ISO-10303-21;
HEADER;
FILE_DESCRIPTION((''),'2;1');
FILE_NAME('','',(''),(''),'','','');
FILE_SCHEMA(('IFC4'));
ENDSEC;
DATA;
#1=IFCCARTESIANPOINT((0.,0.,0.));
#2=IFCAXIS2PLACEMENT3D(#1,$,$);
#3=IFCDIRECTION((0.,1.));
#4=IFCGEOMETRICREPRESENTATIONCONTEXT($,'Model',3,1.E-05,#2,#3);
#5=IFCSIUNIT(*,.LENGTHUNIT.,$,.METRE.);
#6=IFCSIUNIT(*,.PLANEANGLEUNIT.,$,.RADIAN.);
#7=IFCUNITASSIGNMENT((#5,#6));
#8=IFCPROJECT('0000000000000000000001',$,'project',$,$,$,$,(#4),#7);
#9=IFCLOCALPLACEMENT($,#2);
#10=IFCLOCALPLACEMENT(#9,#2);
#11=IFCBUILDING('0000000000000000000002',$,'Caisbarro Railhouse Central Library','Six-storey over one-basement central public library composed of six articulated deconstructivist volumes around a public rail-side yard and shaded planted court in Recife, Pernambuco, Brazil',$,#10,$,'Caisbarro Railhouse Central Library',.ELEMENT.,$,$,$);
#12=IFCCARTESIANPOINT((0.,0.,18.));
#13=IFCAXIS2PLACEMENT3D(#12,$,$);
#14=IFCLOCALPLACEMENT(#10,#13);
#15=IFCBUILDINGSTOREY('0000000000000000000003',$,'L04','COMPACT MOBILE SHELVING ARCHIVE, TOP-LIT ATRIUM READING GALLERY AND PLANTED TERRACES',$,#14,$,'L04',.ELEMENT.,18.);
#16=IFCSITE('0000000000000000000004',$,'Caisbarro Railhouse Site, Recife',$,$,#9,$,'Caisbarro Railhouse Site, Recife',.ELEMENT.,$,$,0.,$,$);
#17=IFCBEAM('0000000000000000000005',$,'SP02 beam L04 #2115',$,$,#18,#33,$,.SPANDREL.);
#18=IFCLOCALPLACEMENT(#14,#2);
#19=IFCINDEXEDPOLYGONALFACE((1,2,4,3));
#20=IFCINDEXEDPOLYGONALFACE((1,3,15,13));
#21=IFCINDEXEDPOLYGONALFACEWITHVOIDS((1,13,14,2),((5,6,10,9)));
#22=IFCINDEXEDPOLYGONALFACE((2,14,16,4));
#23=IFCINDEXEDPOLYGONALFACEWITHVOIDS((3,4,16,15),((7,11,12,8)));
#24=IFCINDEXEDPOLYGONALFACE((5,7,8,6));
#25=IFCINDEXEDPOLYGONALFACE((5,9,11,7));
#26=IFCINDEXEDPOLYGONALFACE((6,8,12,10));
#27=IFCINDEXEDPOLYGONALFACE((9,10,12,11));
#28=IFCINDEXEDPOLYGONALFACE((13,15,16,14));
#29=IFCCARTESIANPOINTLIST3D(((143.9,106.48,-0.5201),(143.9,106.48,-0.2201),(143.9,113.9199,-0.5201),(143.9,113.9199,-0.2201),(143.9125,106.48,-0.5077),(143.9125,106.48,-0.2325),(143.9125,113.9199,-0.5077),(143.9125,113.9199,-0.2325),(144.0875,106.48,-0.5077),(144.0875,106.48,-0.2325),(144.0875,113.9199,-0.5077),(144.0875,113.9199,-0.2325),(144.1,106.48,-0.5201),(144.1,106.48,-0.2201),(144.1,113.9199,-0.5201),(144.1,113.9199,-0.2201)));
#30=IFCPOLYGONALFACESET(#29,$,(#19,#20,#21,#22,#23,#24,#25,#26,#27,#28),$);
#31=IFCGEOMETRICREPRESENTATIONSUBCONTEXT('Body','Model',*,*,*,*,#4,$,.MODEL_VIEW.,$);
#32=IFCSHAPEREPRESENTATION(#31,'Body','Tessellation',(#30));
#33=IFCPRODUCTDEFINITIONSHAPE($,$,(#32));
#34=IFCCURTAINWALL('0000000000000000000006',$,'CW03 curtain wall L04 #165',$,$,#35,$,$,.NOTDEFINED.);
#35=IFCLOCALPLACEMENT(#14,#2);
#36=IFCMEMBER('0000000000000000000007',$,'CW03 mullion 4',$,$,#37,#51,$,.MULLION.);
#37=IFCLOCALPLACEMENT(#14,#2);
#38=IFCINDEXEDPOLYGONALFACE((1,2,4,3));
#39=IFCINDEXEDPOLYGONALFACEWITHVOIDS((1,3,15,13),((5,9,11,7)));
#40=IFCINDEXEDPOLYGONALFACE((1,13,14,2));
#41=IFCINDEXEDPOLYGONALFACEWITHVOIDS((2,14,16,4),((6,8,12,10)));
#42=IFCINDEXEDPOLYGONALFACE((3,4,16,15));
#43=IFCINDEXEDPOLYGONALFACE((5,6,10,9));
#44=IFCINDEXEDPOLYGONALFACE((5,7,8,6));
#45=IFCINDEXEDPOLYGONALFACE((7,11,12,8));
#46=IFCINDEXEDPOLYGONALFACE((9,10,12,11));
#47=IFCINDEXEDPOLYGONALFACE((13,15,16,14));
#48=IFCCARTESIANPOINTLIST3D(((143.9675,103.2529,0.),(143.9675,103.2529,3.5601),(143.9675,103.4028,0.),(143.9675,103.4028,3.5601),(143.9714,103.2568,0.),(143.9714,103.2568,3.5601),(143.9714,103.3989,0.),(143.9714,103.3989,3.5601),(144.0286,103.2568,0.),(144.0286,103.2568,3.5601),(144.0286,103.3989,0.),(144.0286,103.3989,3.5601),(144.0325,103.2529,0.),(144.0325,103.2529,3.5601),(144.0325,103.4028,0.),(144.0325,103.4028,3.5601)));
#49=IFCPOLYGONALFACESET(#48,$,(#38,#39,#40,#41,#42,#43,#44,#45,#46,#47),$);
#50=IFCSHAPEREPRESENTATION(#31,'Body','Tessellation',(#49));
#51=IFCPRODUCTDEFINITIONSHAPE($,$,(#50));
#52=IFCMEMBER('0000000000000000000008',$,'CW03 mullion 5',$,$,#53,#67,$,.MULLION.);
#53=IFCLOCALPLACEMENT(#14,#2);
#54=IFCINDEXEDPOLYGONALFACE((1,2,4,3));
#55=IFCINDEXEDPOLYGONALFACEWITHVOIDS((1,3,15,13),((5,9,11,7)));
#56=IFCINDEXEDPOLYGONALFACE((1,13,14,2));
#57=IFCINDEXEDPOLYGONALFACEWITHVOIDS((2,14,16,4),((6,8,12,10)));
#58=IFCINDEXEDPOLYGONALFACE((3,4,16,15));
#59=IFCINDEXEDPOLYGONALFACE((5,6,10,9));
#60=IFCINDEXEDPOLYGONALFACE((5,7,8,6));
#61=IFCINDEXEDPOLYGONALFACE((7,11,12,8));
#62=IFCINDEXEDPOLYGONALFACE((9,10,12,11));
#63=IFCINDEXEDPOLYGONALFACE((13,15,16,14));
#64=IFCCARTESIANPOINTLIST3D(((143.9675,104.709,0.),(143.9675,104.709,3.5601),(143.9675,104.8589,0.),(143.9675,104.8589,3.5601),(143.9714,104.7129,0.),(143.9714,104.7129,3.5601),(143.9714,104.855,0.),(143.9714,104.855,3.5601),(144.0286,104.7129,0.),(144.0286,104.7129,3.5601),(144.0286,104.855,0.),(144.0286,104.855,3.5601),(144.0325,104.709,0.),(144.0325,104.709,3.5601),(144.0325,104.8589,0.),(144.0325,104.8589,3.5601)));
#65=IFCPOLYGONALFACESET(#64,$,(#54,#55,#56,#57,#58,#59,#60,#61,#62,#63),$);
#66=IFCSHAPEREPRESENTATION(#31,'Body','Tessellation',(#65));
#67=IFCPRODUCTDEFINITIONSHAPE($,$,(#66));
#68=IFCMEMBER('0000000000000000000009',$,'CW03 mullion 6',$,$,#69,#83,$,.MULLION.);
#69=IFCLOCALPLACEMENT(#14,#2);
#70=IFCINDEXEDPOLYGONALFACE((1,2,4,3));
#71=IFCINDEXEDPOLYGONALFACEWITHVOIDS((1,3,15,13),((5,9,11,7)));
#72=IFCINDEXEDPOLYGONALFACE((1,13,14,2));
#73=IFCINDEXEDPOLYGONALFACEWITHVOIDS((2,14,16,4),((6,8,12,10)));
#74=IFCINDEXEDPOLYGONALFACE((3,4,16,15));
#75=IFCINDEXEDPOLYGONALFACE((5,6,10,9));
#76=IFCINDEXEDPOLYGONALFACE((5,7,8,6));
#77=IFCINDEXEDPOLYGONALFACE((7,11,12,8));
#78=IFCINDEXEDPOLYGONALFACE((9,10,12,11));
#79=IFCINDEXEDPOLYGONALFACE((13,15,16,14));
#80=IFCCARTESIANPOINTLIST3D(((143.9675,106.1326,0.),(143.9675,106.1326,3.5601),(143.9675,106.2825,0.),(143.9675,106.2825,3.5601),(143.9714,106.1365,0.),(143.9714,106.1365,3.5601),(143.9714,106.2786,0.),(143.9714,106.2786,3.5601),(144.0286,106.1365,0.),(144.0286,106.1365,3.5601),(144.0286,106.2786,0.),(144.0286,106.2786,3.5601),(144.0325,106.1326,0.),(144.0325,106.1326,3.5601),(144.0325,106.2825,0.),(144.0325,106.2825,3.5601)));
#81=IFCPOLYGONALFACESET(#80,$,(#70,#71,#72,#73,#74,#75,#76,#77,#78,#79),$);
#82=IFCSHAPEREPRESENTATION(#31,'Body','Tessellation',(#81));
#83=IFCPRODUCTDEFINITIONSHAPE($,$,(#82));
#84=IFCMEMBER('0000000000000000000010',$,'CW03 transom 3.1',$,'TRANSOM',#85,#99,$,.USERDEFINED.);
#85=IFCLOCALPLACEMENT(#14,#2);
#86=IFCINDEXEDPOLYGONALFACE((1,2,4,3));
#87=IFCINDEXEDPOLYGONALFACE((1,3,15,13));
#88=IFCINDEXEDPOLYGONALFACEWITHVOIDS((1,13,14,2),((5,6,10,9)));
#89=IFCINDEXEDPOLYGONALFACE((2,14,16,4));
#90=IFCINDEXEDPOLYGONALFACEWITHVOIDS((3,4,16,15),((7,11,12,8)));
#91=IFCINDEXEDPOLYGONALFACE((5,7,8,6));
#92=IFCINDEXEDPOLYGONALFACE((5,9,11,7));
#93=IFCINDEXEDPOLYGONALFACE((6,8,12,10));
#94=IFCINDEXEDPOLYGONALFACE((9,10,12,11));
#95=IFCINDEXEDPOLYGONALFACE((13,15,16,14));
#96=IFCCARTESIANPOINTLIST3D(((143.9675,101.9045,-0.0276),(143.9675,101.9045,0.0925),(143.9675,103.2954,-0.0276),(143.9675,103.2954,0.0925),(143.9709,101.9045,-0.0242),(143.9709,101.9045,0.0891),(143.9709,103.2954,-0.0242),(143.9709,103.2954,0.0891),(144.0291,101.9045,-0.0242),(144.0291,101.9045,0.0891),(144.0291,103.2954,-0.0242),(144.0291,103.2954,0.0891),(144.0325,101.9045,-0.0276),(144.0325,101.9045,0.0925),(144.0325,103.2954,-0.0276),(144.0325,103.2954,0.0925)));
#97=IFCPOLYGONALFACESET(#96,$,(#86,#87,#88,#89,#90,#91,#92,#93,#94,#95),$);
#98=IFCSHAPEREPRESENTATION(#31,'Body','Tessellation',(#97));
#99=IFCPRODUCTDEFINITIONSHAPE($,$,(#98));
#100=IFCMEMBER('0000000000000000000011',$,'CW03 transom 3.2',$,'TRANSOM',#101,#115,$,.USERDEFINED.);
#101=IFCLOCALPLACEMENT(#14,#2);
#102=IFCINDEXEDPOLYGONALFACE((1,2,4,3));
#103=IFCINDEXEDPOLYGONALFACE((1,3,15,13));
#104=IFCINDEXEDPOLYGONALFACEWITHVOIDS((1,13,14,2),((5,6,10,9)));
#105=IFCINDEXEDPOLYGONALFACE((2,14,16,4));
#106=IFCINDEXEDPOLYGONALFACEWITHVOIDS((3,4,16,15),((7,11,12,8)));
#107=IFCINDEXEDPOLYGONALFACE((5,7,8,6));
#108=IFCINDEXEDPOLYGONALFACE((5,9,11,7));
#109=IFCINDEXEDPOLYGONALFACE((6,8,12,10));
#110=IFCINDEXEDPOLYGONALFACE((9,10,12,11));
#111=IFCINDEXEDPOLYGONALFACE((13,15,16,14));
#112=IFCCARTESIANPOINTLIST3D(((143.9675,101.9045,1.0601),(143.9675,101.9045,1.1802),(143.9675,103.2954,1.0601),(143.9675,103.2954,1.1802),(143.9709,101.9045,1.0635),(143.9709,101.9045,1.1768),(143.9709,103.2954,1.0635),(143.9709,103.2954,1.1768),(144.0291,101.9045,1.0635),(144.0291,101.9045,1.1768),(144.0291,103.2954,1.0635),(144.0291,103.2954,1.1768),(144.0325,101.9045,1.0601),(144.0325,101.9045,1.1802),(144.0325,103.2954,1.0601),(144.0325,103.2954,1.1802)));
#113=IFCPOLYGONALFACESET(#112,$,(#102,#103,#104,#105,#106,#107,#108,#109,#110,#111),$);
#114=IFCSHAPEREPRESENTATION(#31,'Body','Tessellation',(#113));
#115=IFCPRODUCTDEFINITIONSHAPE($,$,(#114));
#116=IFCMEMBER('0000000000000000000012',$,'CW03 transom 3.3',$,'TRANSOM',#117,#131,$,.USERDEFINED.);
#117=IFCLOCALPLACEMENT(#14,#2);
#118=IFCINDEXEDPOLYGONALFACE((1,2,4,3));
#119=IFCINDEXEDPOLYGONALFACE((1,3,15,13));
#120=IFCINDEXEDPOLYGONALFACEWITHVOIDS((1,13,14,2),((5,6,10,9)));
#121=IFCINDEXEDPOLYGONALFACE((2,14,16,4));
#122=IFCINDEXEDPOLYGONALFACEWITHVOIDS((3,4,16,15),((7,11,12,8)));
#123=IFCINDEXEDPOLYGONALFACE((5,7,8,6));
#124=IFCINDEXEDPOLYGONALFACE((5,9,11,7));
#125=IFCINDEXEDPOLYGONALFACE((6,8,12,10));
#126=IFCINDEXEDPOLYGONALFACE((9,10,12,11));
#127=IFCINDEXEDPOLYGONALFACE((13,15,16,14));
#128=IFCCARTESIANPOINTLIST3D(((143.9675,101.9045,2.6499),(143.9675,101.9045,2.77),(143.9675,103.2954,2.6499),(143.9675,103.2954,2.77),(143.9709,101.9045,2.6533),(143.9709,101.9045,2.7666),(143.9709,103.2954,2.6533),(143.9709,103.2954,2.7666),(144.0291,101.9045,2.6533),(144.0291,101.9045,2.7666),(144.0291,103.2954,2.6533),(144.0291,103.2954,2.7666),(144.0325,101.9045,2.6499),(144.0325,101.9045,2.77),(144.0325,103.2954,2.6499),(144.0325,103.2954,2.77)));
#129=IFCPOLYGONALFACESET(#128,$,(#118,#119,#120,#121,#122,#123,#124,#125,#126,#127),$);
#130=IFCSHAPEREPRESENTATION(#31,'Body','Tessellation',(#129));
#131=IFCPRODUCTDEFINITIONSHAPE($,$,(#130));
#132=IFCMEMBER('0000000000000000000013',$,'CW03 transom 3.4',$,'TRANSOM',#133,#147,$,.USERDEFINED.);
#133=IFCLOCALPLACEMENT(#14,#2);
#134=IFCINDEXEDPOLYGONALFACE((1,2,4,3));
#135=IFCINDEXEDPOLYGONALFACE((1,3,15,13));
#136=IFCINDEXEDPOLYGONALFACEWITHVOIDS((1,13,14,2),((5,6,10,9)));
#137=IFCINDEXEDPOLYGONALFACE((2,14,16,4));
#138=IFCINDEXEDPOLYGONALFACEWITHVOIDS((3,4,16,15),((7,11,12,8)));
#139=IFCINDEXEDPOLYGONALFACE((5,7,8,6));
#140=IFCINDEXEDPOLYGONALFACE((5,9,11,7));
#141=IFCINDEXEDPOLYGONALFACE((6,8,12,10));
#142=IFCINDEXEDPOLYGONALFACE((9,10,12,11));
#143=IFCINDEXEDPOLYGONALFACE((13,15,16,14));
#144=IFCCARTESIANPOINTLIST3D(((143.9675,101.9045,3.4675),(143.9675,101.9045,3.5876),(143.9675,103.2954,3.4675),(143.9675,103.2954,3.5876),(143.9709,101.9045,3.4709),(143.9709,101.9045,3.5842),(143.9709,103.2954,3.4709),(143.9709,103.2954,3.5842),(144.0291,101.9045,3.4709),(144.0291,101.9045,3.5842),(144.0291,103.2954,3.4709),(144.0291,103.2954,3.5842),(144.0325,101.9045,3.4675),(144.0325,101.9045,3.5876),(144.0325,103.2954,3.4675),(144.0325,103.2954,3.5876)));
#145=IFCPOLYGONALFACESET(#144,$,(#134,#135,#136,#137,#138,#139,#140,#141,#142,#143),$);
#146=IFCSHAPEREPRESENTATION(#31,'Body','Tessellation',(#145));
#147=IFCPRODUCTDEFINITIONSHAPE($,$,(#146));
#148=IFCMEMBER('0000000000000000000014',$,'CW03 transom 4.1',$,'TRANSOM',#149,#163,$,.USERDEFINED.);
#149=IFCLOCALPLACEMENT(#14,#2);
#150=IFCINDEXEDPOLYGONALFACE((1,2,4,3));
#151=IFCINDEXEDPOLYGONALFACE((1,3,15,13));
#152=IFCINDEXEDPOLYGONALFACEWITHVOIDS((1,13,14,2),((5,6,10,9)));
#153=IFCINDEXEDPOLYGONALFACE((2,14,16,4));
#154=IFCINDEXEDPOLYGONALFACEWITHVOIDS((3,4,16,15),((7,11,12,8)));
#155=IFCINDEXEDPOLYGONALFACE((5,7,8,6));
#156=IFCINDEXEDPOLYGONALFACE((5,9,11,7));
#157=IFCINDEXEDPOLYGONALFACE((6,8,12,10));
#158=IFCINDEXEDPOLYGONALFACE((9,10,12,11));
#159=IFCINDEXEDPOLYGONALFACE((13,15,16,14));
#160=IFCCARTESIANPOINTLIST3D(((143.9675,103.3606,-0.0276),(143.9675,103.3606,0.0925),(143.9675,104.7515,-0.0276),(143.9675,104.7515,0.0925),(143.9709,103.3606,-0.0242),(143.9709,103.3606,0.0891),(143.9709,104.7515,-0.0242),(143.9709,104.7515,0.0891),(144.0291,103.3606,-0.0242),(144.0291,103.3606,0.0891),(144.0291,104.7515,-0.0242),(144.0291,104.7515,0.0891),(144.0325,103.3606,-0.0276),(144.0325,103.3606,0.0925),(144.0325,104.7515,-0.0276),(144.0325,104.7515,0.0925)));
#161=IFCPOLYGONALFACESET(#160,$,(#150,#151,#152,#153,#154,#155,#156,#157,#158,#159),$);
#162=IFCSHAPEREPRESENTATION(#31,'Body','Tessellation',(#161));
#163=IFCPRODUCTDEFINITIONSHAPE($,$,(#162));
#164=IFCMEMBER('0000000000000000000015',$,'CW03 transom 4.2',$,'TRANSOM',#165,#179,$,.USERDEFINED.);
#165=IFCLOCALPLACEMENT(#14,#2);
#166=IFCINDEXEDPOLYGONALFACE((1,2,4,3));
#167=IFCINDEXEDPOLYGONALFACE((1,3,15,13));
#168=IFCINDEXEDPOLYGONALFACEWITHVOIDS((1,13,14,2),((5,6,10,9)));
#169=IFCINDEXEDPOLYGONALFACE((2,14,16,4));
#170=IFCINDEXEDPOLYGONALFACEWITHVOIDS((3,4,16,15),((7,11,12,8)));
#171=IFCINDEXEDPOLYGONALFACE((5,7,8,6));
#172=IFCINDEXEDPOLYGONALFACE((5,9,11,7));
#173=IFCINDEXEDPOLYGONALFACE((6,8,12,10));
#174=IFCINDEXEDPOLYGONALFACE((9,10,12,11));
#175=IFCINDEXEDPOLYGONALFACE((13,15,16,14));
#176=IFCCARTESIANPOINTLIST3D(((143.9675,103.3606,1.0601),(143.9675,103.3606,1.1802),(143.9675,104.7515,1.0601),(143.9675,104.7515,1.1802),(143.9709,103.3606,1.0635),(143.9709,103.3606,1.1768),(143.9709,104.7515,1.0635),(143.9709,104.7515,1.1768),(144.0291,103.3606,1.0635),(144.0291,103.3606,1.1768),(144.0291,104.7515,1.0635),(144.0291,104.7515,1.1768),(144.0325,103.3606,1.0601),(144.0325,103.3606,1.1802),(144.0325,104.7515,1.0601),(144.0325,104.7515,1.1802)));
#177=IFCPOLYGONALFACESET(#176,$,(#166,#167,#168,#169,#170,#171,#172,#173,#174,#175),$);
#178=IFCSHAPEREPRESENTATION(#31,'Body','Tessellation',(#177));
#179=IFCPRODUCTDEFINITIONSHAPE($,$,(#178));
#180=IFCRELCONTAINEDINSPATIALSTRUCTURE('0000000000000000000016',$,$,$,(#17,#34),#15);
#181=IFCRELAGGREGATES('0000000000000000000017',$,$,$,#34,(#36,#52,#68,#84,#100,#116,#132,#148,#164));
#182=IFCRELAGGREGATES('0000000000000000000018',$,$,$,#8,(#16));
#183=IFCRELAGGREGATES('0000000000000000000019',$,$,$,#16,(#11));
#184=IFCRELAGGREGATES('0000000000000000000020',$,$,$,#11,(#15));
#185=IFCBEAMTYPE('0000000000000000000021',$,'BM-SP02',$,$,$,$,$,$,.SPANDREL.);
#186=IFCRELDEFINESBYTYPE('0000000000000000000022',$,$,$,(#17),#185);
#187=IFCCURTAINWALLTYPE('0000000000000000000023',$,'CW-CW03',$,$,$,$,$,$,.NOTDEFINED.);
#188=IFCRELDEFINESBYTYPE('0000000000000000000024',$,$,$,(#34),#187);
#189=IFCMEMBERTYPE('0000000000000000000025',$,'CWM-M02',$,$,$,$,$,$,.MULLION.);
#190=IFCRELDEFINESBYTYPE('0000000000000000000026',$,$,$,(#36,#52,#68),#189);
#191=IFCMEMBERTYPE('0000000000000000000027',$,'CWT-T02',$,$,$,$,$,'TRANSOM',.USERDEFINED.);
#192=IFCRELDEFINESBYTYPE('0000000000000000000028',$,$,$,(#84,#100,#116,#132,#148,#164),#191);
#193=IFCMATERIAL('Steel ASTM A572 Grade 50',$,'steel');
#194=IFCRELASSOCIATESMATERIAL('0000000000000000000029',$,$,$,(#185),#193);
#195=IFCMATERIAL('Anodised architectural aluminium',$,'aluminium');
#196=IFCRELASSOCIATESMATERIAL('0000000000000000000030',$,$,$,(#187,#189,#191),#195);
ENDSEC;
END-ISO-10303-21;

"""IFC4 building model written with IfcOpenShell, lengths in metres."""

from ifc_helpers import new_model, si_unit, direction, frame, origin, origin_2d, place, context, subcontext, project, spatial, hollow_rectangle, extrude, material, material_profile, profile_set, type_object, element, aggregate, save


model = new_model("IFC4")

# Units and contexts
model_context = context("Model", 3, precision=1e-05, world=origin(), true_north=direction((0.0, 1.0)))
body_context = subcontext(model_context, "Body", "Model", "MODEL_VIEW")
ifc_project = project(units=[si_unit("LENGTHUNIT", "METRE"), si_unit("PLANEANGLEUNIT", "RADIAN")], contexts=[model_context])

# Site, building, storey
site_placement = place(None, origin())
site = spatial("IfcSite", under=ifc_project, at=site_placement, Name="Caisbarro Railhouse Site, Recife", LongName="Caisbarro Railhouse Site, Recife", CompositionType="ELEMENT", RefElevation=0.0)
building_placement = place(site_placement, origin())
building = spatial("IfcBuilding", under=site, at=building_placement, Name="Caisbarro Railhouse Central Library", Description="Six-storey over one-basement central public library composed of six articulated deconstructivist volumes around a public rail-side yard and shaded planted court in Recife, Pernambuco, Brazil", LongName="Caisbarro Railhouse Central Library", CompositionType="ELEMENT")
storey_placement = place(building_placement, frame((0.0, 0.0, 18.0)))
storey = spatial("IfcBuildingStorey", under=building, at=storey_placement, Name="L04", Description="COMPACT MOBILE SHELVING ARCHIVE, TOP-LIT ATRIUM READING GALLERY AND PLANTED TERRACES", LongName="L04", CompositionType="ELEMENT", Elevation=18.0)

# Shared definitions
ifc_material_1 = material(Name="Steel ASTM A572 Grade 50", Category="steel")

# Beam
ifc_material_profile_1 = material_profile(ifc_material_1, hollow_rectangle(XDim=0.2, YDim=0.3, WallThickness=0.0125, at=origin_2d()), Name="HSS300X200X12.5")
ifc_profile_set_1 = profile_set([ifc_material_profile_1], Name="Steel ASTM A572 Grade 50")
beam_type_1 = type_object("IfcBeamType", Name="BM-SP02", PredefinedType="SPANDREL", material=ifc_profile_set_1)
beam_1_placement = place(storey_placement, frame((144.0, 106.48, -0.3701), z_axis=(0.0, 1.0, 0.0), x_axis=(-1.0, 0.0, 0.0)))
element("IfcBeam", 1, at=beam_1_placement, inside=storey, type_object=beam_type_1, Name="SP02 beam L04 #2115", PredefinedType="SPANDREL", context=body_context, shape_type="SweptSolid", body=[
    extrude(hollow_rectangle(XDim=0.2, YDim=0.3, WallThickness=0.0125, at=origin_2d()), origin(), (0.0, 0.0, 1.0), 7.4399),
])

# Curtain wall, members
ifc_material_2 = material(Name="Anodised architectural aluminium", Category="aluminium")
curtain_wall_type = type_object("IfcCurtainWallType", Name="CW-CW03", PredefinedType="NOTDEFINED", material=ifc_material_2)
curtain_wall_placement = place(storey_placement, origin())
curtain_wall = element("IfcCurtainWall", 2, at=curtain_wall_placement, inside=storey, type_object=curtain_wall_type, Name="CW03 curtain wall L04 #165", PredefinedType="NOTDEFINED")
ifc_material_profile_2 = material_profile(ifc_material_2, hollow_rectangle(XDim=0.0649, YDim=0.1499, WallThickness=0.0039, at=origin_2d()), Name="ALU-MUL-65X150")
ifc_profile_set_2 = profile_set([ifc_material_profile_2], Name="Anodised architectural aluminium")
member_type_1 = type_object("IfcMemberType", Name="CWM-M02", PredefinedType="MULLION", material=ifc_profile_set_2)
member_1_placement = place(storey_placement, frame((144.0, 103.3279, 0.0), z_axis=(0.0, 0.0, 1.0), x_axis=(-1.0, 0.0, 0.0)))
member_1 = element("IfcMember", 3, at=member_1_placement, type_object=member_type_1, Name="CW03 mullion 4", PredefinedType="MULLION", context=body_context, shape_type="SweptSolid", body=[
    extrude(hollow_rectangle(XDim=0.0649, YDim=0.1499, WallThickness=0.0039, at=origin_2d()), origin(), (0.0, 0.0, 1.0), 3.5601),
])
member_2_placement = place(storey_placement, frame((144.0, 104.7839, 0.0), z_axis=(0.0, 0.0, 1.0), x_axis=(-1.0, 0.0, 0.0)))
member_2 = element("IfcMember", 4, at=member_2_placement, type_object=member_type_1, Name="CW03 mullion 5", PredefinedType="MULLION", context=body_context, shape_type="SweptSolid", body=[
    extrude(hollow_rectangle(XDim=0.0649, YDim=0.1499, WallThickness=0.0039, at=origin_2d()), origin(), (0.0, 0.0, 1.0), 3.5601),
])
member_3_placement = place(storey_placement, frame((144.0, 106.2075, 0.0), z_axis=(0.0, 0.0, 1.0), x_axis=(-1.0, 0.0, 0.0)))
member_3 = element("IfcMember", 5, at=member_3_placement, type_object=member_type_1, Name="CW03 mullion 6", PredefinedType="MULLION", context=body_context, shape_type="SweptSolid", body=[
    extrude(hollow_rectangle(XDim=0.0649, YDim=0.1499, WallThickness=0.0039, at=origin_2d()), origin(), (0.0, 0.0, 1.0), 3.5601),
])
ifc_material_profile_3 = material_profile(ifc_material_2, hollow_rectangle(XDim=0.0649, YDim=0.1201, WallThickness=0.0034, at=origin_2d()), Name="ALU-TRN-65X120")
ifc_profile_set_3 = profile_set([ifc_material_profile_3], Name="Anodised architectural aluminium")
member_type_2 = type_object("IfcMemberType", Name="CWT-T02", ElementType="TRANSOM", PredefinedType="USERDEFINED", material=ifc_profile_set_3)
member_4_placement = place(storey_placement, frame((144.0, 101.9045, 0.0325), z_axis=(0.0, 1.0, 0.0), x_axis=(-1.0, 0.0, 0.0)))
member_4 = element("IfcMember", 6, at=member_4_placement, type_object=member_type_2, Name="CW03 transom 3.1", ObjectType="TRANSOM", PredefinedType="USERDEFINED", context=body_context, shape_type="SweptSolid", body=[
    extrude(hollow_rectangle(XDim=0.0649, YDim=0.1201, WallThickness=0.0034, at=origin_2d()), origin(), (0.0, 0.0, 1.0), 1.3909),
])
member_5_placement = place(storey_placement, frame((144.0, 101.9045, 1.1201), z_axis=(0.0, 1.0, 0.0), x_axis=(-1.0, 0.0, 0.0)))
member_5 = element("IfcMember", 7, at=member_5_placement, type_object=member_type_2, Name="CW03 transom 3.2", ObjectType="TRANSOM", PredefinedType="USERDEFINED", context=body_context, shape_type="SweptSolid", body=[
    extrude(hollow_rectangle(XDim=0.0649, YDim=0.1201, WallThickness=0.0034, at=origin_2d()), origin(), (0.0, 0.0, 1.0), 1.3909),
])
member_6_placement = place(storey_placement, frame((144.0, 101.9045, 2.71), z_axis=(0.0, 1.0, 0.0), x_axis=(-1.0, 0.0, 0.0)))
member_6 = element("IfcMember", 8, at=member_6_placement, type_object=member_type_2, Name="CW03 transom 3.3", ObjectType="TRANSOM", PredefinedType="USERDEFINED", context=body_context, shape_type="SweptSolid", body=[
    extrude(hollow_rectangle(XDim=0.0649, YDim=0.1201, WallThickness=0.0034, at=origin_2d()), origin(), (0.0, 0.0, 1.0), 1.3909),
])
member_7_placement = place(storey_placement, frame((144.0, 101.9045, 3.5276), z_axis=(0.0, 1.0, 0.0), x_axis=(-1.0, 0.0, 0.0)))
member_7 = element("IfcMember", 9, at=member_7_placement, type_object=member_type_2, Name="CW03 transom 3.4", ObjectType="TRANSOM", PredefinedType="USERDEFINED", context=body_context, shape_type="SweptSolid", body=[
    extrude(hollow_rectangle(XDim=0.0649, YDim=0.1201, WallThickness=0.0034, at=origin_2d()), origin(), (0.0, 0.0, 1.0), 1.3909),
])
member_8_placement = place(storey_placement, frame((144.0, 103.3606, 0.0325), z_axis=(0.0, 1.0, 0.0), x_axis=(-1.0, 0.0, 0.0)))
member_8 = element("IfcMember", 10, at=member_8_placement, type_object=member_type_2, Name="CW03 transom 4.1", ObjectType="TRANSOM", PredefinedType="USERDEFINED", context=body_context, shape_type="SweptSolid", body=[
    extrude(hollow_rectangle(XDim=0.0649, YDim=0.1201, WallThickness=0.0034, at=origin_2d()), origin(), (0.0, 0.0, 1.0), 1.3909),
])
member_9_placement = place(storey_placement, frame((144.0, 103.3606, 1.1201), z_axis=(0.0, 1.0, 0.0), x_axis=(-1.0, 0.0, 0.0)))
member_9 = element("IfcMember", 11, at=member_9_placement, type_object=member_type_2, Name="CW03 transom 4.2", ObjectType="TRANSOM", PredefinedType="USERDEFINED", context=body_context, shape_type="SweptSolid", body=[
    extrude(hollow_rectangle(XDim=0.0649, YDim=0.1201, WallThickness=0.0034, at=origin_2d()), origin(), (0.0, 0.0, 1.0), 1.3909),
])
aggregate(curtain_wall, [member_1, member_2, member_3, member_4, member_5, member_6, member_7, member_8, member_9])

save(model, "model.ifc")
